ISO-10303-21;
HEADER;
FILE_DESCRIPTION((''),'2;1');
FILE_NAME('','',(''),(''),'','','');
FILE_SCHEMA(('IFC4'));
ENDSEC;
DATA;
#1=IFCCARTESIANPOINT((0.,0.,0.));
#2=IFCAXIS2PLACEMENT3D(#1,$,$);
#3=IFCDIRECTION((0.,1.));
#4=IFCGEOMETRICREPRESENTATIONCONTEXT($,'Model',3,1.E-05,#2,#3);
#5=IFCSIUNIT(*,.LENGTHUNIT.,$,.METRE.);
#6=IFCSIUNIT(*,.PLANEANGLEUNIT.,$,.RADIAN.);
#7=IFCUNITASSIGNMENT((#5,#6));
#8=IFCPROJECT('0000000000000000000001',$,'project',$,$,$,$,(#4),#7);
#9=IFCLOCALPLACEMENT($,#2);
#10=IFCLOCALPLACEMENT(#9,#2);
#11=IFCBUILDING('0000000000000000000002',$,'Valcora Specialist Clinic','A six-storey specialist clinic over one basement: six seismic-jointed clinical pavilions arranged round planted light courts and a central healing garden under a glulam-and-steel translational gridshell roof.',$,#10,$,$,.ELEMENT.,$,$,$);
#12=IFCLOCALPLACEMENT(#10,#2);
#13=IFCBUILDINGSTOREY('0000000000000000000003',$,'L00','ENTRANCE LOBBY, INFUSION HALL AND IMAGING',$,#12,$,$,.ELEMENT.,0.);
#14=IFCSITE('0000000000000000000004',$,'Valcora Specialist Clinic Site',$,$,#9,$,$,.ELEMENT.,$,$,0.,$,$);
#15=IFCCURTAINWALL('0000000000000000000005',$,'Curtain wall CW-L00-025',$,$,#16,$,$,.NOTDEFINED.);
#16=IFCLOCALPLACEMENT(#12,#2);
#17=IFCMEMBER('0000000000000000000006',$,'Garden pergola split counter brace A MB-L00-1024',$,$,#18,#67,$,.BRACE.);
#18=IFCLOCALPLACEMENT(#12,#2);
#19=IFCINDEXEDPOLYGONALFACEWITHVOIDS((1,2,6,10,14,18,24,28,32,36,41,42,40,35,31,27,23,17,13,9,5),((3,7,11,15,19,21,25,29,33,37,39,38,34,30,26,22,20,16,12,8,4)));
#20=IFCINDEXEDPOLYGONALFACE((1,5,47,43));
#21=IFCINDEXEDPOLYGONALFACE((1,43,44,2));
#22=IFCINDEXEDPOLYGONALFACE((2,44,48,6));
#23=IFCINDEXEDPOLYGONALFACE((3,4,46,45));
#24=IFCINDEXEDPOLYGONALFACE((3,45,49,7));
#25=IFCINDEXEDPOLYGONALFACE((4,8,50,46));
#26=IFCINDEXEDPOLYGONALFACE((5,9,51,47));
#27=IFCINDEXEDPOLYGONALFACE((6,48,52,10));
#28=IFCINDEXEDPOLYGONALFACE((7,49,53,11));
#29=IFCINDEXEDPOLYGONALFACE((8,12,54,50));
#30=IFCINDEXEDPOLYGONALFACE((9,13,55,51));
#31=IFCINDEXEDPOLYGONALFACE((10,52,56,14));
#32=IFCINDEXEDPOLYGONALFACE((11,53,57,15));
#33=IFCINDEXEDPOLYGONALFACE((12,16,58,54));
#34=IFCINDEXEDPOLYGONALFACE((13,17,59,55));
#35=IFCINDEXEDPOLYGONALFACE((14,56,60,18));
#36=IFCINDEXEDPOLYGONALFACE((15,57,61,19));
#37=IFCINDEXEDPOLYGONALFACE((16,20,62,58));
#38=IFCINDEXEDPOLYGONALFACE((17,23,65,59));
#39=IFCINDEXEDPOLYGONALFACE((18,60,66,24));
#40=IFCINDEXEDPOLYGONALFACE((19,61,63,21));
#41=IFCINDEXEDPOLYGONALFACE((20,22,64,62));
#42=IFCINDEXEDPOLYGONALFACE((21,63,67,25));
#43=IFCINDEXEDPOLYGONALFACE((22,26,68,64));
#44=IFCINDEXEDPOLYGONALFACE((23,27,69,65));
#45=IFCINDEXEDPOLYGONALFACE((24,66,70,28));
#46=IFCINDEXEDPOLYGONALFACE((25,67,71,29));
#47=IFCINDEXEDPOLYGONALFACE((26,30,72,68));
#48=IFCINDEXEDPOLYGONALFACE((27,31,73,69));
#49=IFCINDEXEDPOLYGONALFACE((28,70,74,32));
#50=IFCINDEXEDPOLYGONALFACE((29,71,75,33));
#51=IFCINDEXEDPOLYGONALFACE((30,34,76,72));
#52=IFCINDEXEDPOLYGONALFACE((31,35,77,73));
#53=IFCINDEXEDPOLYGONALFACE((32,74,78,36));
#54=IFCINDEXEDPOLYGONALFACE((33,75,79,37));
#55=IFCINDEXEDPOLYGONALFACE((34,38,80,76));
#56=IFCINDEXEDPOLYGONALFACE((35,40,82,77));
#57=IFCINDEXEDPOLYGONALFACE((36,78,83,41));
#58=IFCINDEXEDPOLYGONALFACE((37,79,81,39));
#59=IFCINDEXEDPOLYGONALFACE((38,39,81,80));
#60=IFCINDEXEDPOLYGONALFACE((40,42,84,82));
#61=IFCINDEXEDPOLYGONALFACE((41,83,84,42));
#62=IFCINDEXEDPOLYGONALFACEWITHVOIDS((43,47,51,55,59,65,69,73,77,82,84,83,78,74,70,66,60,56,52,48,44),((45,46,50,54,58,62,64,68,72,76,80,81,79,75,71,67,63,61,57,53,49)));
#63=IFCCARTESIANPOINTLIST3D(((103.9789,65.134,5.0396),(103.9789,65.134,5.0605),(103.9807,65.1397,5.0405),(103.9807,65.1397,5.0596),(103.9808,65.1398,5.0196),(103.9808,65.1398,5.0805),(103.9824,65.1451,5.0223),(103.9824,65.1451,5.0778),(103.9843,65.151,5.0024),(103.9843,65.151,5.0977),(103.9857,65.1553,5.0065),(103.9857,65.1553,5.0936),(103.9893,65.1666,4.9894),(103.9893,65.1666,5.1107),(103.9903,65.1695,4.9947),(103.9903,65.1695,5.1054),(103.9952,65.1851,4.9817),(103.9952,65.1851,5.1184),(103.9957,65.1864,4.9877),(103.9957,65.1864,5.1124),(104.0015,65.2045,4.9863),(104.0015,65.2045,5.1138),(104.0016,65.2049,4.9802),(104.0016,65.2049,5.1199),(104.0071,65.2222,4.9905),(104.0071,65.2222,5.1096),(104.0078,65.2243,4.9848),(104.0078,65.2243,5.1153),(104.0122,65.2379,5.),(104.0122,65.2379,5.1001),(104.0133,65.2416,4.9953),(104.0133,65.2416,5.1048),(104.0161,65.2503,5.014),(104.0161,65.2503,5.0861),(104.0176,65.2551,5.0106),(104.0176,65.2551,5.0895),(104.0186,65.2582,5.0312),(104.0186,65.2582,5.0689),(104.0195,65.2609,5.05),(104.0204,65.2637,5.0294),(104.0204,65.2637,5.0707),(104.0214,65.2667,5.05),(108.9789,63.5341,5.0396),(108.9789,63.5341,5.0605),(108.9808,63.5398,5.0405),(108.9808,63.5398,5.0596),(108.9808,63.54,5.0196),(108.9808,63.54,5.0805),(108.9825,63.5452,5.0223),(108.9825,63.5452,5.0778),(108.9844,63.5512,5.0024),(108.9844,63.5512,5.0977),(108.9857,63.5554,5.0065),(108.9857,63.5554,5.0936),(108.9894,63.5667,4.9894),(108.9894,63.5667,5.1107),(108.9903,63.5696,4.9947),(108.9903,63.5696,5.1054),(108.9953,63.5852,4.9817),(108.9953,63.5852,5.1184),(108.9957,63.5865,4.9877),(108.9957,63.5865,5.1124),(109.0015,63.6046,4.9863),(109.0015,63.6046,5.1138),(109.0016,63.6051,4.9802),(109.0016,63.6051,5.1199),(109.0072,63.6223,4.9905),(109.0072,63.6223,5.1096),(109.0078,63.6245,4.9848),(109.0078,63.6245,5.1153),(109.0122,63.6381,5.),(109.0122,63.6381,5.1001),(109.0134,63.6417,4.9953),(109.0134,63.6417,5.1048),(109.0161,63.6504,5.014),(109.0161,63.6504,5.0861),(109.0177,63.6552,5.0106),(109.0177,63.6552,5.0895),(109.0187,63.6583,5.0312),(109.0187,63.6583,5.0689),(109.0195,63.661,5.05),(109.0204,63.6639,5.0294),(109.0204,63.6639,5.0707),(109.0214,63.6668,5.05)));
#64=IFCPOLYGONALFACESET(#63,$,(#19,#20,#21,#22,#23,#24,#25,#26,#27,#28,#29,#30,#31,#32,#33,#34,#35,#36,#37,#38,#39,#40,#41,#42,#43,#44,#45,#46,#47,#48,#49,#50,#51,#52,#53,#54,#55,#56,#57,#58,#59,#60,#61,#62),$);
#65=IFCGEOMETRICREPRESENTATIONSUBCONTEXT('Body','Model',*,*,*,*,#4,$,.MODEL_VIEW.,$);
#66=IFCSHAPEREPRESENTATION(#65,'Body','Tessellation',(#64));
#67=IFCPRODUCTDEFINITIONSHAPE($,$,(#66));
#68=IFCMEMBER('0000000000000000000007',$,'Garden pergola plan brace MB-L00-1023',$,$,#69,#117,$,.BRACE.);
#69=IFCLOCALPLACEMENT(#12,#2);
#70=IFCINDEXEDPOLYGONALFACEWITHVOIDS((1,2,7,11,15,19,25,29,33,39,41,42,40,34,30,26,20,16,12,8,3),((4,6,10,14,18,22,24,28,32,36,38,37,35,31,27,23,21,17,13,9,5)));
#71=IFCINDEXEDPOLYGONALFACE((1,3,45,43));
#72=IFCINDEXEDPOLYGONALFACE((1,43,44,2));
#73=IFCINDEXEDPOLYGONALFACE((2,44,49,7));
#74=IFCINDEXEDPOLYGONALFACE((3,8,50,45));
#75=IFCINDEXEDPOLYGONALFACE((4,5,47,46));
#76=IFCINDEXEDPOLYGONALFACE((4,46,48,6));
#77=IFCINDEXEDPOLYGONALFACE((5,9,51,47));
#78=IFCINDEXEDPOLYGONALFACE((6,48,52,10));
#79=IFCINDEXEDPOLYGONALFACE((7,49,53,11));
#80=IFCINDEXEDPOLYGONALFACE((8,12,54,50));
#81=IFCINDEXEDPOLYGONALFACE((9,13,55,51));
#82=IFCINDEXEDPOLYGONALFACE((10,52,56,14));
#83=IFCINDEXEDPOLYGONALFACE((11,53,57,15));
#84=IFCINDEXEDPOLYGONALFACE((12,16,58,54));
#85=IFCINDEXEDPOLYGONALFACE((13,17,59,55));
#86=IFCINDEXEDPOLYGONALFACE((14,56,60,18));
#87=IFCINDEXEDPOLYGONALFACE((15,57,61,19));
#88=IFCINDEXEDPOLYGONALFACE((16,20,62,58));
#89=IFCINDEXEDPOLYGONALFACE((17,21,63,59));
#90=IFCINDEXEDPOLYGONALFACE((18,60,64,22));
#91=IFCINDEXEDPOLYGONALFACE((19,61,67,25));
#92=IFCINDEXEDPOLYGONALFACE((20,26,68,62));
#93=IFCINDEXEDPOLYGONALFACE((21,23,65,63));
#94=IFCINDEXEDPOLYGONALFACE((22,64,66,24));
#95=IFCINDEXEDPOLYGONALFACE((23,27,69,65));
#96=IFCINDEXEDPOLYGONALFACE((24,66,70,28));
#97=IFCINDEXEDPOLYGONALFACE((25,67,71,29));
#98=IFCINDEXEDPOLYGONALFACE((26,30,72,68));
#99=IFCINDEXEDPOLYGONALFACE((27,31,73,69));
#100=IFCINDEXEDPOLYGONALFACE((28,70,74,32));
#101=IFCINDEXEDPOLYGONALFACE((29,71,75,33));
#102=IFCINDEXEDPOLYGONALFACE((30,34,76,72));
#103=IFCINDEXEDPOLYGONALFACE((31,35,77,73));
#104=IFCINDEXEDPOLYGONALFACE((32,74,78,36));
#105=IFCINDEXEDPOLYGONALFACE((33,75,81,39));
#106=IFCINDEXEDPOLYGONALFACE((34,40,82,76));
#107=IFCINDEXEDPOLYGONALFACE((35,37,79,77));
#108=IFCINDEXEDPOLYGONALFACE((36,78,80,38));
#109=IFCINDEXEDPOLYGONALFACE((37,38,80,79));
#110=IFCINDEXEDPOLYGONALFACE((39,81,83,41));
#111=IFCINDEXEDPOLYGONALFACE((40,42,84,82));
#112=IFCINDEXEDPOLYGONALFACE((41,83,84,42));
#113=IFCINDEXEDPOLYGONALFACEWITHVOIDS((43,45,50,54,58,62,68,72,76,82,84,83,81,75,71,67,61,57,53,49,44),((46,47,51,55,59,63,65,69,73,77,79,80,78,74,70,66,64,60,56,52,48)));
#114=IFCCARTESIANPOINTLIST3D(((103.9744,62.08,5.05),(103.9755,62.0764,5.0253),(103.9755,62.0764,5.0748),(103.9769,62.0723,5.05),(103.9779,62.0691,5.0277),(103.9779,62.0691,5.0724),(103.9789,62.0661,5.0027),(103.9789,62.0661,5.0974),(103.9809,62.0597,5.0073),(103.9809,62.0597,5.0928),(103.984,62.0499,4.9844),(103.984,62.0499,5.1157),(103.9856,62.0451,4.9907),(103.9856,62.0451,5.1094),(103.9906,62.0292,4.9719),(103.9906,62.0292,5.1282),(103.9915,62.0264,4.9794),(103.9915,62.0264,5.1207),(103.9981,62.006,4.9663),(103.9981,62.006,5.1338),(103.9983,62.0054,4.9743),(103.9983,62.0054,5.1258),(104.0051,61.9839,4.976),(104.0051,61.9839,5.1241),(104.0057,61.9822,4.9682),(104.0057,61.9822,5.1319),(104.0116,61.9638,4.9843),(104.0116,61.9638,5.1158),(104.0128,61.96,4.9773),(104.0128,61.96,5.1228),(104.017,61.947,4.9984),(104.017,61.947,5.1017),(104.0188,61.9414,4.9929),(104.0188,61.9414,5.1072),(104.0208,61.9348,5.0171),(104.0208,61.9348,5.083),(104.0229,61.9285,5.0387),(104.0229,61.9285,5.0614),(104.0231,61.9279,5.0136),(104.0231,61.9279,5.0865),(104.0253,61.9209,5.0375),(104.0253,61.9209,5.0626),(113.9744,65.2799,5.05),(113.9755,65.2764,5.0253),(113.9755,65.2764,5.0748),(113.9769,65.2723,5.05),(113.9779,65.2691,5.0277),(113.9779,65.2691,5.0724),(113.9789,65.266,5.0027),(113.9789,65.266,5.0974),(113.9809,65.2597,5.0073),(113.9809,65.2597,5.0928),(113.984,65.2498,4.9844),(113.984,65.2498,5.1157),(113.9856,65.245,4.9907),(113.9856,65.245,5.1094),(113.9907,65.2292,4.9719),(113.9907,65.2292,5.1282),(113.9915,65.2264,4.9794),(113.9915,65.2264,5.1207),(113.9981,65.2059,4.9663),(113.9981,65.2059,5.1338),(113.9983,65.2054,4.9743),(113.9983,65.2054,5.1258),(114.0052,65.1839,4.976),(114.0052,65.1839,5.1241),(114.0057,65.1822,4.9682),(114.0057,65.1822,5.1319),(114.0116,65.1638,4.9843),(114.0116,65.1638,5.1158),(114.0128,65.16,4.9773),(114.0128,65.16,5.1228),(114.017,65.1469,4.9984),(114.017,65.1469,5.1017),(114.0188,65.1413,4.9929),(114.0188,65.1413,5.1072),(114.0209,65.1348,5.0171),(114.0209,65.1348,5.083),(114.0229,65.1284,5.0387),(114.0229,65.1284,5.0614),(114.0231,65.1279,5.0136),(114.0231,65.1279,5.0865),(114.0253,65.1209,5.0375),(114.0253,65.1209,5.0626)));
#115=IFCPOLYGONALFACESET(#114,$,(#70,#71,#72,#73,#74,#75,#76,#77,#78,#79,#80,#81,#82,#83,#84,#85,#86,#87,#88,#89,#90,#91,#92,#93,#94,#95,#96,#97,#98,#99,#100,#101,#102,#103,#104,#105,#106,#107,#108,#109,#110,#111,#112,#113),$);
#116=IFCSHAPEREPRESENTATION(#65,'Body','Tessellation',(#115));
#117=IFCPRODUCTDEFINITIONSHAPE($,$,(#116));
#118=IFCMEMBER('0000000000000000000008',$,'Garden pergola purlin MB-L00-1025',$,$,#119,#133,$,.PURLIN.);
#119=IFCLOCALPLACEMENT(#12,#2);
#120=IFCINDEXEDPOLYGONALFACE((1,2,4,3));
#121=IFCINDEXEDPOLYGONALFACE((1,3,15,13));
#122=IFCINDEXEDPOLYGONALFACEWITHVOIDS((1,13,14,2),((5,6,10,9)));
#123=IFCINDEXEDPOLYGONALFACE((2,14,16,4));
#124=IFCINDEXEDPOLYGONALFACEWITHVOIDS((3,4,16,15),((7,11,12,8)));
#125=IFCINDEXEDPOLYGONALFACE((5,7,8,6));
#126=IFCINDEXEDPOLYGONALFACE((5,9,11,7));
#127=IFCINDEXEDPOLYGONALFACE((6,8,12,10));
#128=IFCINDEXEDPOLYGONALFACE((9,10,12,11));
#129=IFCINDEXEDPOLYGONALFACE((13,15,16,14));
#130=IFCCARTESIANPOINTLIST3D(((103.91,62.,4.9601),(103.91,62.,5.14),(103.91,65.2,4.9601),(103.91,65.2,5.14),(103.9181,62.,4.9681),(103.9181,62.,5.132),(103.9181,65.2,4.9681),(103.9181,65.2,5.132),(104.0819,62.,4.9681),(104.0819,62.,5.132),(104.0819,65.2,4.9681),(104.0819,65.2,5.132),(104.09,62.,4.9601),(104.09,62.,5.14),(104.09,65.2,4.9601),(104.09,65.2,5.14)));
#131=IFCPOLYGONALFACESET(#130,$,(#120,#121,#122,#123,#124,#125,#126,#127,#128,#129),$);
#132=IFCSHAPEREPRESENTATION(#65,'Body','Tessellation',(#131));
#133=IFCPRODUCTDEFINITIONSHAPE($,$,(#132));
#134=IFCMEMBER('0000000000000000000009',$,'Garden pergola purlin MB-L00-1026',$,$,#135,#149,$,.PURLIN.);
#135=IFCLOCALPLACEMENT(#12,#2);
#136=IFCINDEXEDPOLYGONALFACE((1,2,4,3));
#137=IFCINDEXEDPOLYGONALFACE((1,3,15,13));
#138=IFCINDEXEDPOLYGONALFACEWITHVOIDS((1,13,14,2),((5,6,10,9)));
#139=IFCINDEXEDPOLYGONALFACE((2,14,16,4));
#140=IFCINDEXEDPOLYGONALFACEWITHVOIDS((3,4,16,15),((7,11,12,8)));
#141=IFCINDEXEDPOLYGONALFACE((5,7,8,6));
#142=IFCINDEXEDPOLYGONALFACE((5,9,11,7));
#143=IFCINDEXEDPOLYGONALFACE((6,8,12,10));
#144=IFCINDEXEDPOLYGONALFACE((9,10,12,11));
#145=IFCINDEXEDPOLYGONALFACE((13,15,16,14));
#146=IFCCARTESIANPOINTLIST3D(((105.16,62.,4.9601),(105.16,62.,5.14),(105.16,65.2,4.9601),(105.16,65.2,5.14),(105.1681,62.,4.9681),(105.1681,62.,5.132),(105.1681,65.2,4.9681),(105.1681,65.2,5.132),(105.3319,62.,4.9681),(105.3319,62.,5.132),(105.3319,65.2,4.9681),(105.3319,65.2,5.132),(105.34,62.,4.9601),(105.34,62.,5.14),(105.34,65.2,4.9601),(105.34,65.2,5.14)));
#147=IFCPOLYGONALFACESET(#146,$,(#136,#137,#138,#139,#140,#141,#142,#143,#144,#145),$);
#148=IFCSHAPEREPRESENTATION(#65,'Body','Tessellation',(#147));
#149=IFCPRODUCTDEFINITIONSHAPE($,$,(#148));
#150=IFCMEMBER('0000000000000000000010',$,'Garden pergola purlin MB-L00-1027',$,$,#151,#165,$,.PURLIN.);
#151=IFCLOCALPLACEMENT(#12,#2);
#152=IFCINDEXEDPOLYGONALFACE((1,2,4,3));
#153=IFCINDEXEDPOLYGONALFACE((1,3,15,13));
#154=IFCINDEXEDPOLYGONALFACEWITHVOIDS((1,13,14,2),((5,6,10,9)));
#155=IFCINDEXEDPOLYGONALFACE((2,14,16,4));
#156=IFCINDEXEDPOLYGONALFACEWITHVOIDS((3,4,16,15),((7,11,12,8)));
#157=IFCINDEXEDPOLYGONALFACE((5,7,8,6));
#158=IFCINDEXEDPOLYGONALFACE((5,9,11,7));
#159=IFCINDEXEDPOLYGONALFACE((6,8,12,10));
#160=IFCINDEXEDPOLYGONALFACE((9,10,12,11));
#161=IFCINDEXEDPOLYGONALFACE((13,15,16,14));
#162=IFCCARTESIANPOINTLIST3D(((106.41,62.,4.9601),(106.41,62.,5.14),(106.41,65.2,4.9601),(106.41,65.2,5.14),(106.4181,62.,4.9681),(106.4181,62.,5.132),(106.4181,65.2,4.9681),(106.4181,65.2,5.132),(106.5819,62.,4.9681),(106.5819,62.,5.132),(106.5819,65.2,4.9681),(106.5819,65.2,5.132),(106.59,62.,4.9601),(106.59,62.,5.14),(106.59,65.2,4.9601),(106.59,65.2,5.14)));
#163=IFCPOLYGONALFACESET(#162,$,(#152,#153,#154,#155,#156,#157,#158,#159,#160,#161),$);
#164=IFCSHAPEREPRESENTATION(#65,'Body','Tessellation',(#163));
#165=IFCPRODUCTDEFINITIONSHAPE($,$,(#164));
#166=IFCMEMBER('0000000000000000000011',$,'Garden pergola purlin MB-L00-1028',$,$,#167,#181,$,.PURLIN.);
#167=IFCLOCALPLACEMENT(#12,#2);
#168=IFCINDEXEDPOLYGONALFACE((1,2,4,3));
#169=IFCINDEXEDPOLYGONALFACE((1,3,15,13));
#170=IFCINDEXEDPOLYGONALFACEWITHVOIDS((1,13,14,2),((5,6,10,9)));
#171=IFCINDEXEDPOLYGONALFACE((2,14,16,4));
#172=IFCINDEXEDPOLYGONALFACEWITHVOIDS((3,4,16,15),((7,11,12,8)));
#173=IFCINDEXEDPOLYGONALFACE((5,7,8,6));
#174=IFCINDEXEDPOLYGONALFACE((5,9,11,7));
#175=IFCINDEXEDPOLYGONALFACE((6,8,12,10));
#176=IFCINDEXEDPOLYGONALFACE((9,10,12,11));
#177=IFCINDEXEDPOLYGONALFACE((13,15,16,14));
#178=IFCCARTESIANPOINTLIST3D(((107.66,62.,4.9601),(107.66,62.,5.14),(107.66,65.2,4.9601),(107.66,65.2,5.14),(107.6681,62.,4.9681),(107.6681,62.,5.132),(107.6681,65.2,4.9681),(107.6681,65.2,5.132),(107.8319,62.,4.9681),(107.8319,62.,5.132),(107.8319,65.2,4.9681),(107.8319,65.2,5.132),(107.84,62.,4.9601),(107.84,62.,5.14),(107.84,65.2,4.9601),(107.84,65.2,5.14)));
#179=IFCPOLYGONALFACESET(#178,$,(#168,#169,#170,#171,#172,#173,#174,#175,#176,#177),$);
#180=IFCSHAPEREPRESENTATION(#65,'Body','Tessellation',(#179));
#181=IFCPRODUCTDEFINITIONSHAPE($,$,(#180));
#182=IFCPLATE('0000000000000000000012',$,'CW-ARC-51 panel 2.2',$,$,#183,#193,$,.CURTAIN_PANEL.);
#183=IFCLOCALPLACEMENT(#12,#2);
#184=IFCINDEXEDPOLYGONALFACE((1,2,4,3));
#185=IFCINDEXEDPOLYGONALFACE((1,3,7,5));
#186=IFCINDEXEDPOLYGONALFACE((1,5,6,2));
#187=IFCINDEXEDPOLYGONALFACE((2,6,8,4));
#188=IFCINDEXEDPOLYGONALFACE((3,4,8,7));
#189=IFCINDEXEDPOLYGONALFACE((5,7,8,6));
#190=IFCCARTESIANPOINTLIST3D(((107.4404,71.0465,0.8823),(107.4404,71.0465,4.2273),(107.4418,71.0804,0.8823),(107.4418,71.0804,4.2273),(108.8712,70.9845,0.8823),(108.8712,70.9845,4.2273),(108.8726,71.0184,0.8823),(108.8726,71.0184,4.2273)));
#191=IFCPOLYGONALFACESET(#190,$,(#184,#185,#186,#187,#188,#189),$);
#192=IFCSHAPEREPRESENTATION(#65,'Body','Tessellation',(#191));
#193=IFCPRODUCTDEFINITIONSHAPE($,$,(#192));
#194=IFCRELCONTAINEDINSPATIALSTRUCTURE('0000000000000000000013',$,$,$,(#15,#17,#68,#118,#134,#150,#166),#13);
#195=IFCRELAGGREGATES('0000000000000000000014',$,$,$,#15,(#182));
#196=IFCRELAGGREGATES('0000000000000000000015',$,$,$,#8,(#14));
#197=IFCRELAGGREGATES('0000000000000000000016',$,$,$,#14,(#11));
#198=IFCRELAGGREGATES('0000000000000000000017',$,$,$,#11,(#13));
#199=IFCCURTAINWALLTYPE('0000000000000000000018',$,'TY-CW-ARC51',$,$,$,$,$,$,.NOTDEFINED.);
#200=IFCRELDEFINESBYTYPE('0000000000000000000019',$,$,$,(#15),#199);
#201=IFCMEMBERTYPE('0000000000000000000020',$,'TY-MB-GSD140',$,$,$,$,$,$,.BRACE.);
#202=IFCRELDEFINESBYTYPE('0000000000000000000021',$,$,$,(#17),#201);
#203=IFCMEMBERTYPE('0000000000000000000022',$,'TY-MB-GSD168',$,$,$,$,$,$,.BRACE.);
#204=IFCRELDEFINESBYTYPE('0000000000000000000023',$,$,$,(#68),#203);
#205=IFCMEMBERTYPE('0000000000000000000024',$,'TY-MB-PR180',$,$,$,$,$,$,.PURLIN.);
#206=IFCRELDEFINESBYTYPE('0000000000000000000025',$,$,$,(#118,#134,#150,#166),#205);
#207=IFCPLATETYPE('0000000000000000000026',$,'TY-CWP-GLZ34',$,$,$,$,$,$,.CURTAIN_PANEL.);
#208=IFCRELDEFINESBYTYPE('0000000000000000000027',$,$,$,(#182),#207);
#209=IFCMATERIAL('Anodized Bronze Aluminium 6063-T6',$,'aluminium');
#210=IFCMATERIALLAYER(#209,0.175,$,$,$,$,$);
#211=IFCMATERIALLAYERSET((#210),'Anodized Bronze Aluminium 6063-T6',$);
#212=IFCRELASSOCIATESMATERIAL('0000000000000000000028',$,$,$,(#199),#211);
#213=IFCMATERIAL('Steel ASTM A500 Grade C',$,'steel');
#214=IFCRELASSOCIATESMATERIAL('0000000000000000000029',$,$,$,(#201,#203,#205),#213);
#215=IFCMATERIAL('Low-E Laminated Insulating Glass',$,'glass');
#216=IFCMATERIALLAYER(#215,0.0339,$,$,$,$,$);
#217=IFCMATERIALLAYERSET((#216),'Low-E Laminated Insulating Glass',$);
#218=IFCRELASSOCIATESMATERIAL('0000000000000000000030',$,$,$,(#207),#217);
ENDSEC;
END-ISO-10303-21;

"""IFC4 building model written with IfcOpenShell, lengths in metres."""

from ifc_helpers import new_model, si_unit, direction, frame, origin, origin_2d, place, context, subcontext, project, spatial, rectangle, hollow_rectangle, hollow_circle, extrude, material, layer, layer_set, material_profile, profile_set, type_object, element, aggregate, save


model = new_model("IFC4")

# Units and contexts
model_context = context("Model", 3, precision=1e-05, world=origin(), true_north=direction((0.0, 1.0)))
body_context = subcontext(model_context, "Body", "Model", "MODEL_VIEW")
ifc_project = project(units=[si_unit("LENGTHUNIT", "METRE"), si_unit("PLANEANGLEUNIT", "RADIAN")], contexts=[model_context])

# Site, building, storey
site_placement = place(None, origin())
site = spatial("IfcSite", under=ifc_project, at=site_placement, Name="Valcora Specialist Clinic Site", CompositionType="ELEMENT", RefElevation=0.0)
building_placement = place(site_placement, origin())
building = spatial("IfcBuilding", under=site, at=building_placement, Name="Valcora Specialist Clinic", Description="A six-storey specialist clinic over one basement: six seismic-jointed clinical pavilions arranged round planted light courts and a central healing garden under a glulam-and-steel translational gridshell roof.", CompositionType="ELEMENT")
storey_placement = place(building_placement, origin())
storey = spatial("IfcBuildingStorey", under=building, at=storey_placement, Name="L00", Description="ENTRANCE LOBBY, INFUSION HALL AND IMAGING", CompositionType="ELEMENT", Elevation=0.0)

# Curtain wall
ifc_material_1 = material(Name="Anodized Bronze Aluminium 6063-T6", Category="aluminium")
ifc_layer_1 = layer(ifc_material_1, 0.175)
ifc_layer_set_1 = layer_set([ifc_layer_1], Name="Anodized Bronze Aluminium 6063-T6")
curtain_wall_type = type_object("IfcCurtainWallType", Name="TY-CW-ARC51", PredefinedType="NOTDEFINED", material=ifc_layer_set_1)
curtain_wall_placement = place(storey_placement, origin())
curtain_wall = element("IfcCurtainWall", 1, at=curtain_wall_placement, inside=storey, type_object=curtain_wall_type, Name="Curtain wall CW-L00-025", PredefinedType="NOTDEFINED")

# Members
ifc_material_2 = material(Name="Steel ASTM A500 Grade C", Category="steel")
ifc_material_profile_1 = material_profile(ifc_material_2, hollow_circle(Radius=0.0701, WallThickness=0.0061, at=origin_2d()), Name="ST-CHS-140X6")
ifc_profile_set_1 = profile_set([ifc_material_profile_1], Name="Steel ASTM A500 Grade C")
member_type_1 = type_object("IfcMemberType", Name="TY-MB-GSD140", PredefinedType="BRACE", material=ifc_profile_set_1)
member_1_placement = place(storey_placement, frame((104.0, 65.2, 5.05), z_axis=(0.952432, -0.30475, 0.0), x_axis=(0.30475, 0.952432, 0.0)))
element("IfcMember", 2, at=member_1_placement, inside=storey, type_object=member_type_1, Name="Garden pergola split counter brace A MB-L00-1024", PredefinedType="BRACE", context=body_context, shape_type="SweptSolid", body=[
    extrude(hollow_circle(Radius=0.0701, WallThickness=0.0061, at=origin_2d()), origin(), (0.0, 0.0, 1.0), 5.2498),
])
ifc_material_profile_2 = material_profile(ifc_material_2, hollow_circle(Radius=0.084, WallThickness=0.0081, at=origin_2d()), Name="ST-CHS-168X8")
ifc_profile_set_2 = profile_set([ifc_material_profile_2], Name="Steel ASTM A500 Grade C")
member_type_2 = type_object("IfcMemberType", Name="TY-MB-GSD168", PredefinedType="BRACE", material=ifc_profile_set_2)
member_2_placement = place(storey_placement, frame((104.0, 62.0, 5.05), z_axis=(0.952425, 0.304772, 0.0), x_axis=(-0.304772, 0.952425, 0.0)))
element("IfcMember", 3, at=member_2_placement, inside=storey, type_object=member_type_2, Name="Garden pergola plan brace MB-L00-1023", PredefinedType="BRACE", context=body_context, shape_type="SweptSolid", body=[
    extrude(hollow_circle(Radius=0.084, WallThickness=0.0081, at=origin_2d()), origin(), (0.0, 0.0, 1.0), 10.4995),
])
ifc_material_profile_3 = material_profile(ifc_material_2, hollow_rectangle(XDim=0.1799, YDim=0.1799, WallThickness=0.0081, at=origin_2d()), Name="ST-RHS-180X180X8")
ifc_profile_set_3 = profile_set([ifc_material_profile_3], Name="Steel ASTM A500 Grade C")
member_type_3 = type_object("IfcMemberType", Name="TY-MB-PR180", PredefinedType="PURLIN", material=ifc_profile_set_3)
for number, where, z_axis, x_axis, name in (
    (4, (104.0, 62.0, 5.05), (0.0, 1.0, 0.0), (-1.0, 0.0, 0.0), "Garden pergola purlin MB-L00-1025"),
    (5, (105.25, 62.0, 5.05), (0.0, 1.0, 0.0), (-1.0, 0.0, 0.0), "Garden pergola purlin MB-L00-1026"),
    (6, (106.5, 62.0, 5.05), (0.0, 1.0, 0.0), (-1.0, 0.0, 0.0), "Garden pergola purlin MB-L00-1027"),
    (7, (107.75, 62.0, 5.05), (0.0, 1.0, 0.0), (-1.0, 0.0, 0.0), "Garden pergola purlin MB-L00-1028"),
):
    element("IfcMember", number, at=place(storey_placement, frame(where, z_axis=z_axis, x_axis=x_axis)), inside=storey, type_object=member_type_3, Name=name, PredefinedType="PURLIN", context=body_context, shape_type="SweptSolid", body=[
        extrude(hollow_rectangle(XDim=0.1799, YDim=0.1799, WallThickness=0.0081, at=origin_2d()), origin(), (0.0, 0.0, 1.0), 3.2),
    ])

# Plate
ifc_material_3 = material(Name="Low-E Laminated Insulating Glass", Category="glass")
ifc_layer_2 = layer(ifc_material_3, 0.0339)
ifc_layer_set_2 = layer_set([ifc_layer_2], Name="Low-E Laminated Insulating Glass")
plate_type_1 = type_object("IfcPlateType", Name="TY-CWP-GLZ34", PredefinedType="CURTAIN_PANEL", material=ifc_layer_set_2)
plate_1_placement = place(storey_placement, frame((108.1565, 71.0325, 0.8823), z_axis=(0.0, 0.0, 1.0), x_axis=(-0.999062, 0.043307, 0.0)))
plate_1 = element("IfcPlate", 8, at=plate_1_placement, type_object=plate_type_1, Name="CW-ARC-51 panel 2.2", PredefinedType="CURTAIN_PANEL", context=body_context, shape_type="SweptSolid", body=[
    extrude(rectangle(XDim=1.4321, YDim=0.0339, at=origin_2d()), origin(), (0.0, 0.0, 1.0), 3.345),
])
aggregate(curtain_wall, [plate_1])

save(model, "model.ifc")
